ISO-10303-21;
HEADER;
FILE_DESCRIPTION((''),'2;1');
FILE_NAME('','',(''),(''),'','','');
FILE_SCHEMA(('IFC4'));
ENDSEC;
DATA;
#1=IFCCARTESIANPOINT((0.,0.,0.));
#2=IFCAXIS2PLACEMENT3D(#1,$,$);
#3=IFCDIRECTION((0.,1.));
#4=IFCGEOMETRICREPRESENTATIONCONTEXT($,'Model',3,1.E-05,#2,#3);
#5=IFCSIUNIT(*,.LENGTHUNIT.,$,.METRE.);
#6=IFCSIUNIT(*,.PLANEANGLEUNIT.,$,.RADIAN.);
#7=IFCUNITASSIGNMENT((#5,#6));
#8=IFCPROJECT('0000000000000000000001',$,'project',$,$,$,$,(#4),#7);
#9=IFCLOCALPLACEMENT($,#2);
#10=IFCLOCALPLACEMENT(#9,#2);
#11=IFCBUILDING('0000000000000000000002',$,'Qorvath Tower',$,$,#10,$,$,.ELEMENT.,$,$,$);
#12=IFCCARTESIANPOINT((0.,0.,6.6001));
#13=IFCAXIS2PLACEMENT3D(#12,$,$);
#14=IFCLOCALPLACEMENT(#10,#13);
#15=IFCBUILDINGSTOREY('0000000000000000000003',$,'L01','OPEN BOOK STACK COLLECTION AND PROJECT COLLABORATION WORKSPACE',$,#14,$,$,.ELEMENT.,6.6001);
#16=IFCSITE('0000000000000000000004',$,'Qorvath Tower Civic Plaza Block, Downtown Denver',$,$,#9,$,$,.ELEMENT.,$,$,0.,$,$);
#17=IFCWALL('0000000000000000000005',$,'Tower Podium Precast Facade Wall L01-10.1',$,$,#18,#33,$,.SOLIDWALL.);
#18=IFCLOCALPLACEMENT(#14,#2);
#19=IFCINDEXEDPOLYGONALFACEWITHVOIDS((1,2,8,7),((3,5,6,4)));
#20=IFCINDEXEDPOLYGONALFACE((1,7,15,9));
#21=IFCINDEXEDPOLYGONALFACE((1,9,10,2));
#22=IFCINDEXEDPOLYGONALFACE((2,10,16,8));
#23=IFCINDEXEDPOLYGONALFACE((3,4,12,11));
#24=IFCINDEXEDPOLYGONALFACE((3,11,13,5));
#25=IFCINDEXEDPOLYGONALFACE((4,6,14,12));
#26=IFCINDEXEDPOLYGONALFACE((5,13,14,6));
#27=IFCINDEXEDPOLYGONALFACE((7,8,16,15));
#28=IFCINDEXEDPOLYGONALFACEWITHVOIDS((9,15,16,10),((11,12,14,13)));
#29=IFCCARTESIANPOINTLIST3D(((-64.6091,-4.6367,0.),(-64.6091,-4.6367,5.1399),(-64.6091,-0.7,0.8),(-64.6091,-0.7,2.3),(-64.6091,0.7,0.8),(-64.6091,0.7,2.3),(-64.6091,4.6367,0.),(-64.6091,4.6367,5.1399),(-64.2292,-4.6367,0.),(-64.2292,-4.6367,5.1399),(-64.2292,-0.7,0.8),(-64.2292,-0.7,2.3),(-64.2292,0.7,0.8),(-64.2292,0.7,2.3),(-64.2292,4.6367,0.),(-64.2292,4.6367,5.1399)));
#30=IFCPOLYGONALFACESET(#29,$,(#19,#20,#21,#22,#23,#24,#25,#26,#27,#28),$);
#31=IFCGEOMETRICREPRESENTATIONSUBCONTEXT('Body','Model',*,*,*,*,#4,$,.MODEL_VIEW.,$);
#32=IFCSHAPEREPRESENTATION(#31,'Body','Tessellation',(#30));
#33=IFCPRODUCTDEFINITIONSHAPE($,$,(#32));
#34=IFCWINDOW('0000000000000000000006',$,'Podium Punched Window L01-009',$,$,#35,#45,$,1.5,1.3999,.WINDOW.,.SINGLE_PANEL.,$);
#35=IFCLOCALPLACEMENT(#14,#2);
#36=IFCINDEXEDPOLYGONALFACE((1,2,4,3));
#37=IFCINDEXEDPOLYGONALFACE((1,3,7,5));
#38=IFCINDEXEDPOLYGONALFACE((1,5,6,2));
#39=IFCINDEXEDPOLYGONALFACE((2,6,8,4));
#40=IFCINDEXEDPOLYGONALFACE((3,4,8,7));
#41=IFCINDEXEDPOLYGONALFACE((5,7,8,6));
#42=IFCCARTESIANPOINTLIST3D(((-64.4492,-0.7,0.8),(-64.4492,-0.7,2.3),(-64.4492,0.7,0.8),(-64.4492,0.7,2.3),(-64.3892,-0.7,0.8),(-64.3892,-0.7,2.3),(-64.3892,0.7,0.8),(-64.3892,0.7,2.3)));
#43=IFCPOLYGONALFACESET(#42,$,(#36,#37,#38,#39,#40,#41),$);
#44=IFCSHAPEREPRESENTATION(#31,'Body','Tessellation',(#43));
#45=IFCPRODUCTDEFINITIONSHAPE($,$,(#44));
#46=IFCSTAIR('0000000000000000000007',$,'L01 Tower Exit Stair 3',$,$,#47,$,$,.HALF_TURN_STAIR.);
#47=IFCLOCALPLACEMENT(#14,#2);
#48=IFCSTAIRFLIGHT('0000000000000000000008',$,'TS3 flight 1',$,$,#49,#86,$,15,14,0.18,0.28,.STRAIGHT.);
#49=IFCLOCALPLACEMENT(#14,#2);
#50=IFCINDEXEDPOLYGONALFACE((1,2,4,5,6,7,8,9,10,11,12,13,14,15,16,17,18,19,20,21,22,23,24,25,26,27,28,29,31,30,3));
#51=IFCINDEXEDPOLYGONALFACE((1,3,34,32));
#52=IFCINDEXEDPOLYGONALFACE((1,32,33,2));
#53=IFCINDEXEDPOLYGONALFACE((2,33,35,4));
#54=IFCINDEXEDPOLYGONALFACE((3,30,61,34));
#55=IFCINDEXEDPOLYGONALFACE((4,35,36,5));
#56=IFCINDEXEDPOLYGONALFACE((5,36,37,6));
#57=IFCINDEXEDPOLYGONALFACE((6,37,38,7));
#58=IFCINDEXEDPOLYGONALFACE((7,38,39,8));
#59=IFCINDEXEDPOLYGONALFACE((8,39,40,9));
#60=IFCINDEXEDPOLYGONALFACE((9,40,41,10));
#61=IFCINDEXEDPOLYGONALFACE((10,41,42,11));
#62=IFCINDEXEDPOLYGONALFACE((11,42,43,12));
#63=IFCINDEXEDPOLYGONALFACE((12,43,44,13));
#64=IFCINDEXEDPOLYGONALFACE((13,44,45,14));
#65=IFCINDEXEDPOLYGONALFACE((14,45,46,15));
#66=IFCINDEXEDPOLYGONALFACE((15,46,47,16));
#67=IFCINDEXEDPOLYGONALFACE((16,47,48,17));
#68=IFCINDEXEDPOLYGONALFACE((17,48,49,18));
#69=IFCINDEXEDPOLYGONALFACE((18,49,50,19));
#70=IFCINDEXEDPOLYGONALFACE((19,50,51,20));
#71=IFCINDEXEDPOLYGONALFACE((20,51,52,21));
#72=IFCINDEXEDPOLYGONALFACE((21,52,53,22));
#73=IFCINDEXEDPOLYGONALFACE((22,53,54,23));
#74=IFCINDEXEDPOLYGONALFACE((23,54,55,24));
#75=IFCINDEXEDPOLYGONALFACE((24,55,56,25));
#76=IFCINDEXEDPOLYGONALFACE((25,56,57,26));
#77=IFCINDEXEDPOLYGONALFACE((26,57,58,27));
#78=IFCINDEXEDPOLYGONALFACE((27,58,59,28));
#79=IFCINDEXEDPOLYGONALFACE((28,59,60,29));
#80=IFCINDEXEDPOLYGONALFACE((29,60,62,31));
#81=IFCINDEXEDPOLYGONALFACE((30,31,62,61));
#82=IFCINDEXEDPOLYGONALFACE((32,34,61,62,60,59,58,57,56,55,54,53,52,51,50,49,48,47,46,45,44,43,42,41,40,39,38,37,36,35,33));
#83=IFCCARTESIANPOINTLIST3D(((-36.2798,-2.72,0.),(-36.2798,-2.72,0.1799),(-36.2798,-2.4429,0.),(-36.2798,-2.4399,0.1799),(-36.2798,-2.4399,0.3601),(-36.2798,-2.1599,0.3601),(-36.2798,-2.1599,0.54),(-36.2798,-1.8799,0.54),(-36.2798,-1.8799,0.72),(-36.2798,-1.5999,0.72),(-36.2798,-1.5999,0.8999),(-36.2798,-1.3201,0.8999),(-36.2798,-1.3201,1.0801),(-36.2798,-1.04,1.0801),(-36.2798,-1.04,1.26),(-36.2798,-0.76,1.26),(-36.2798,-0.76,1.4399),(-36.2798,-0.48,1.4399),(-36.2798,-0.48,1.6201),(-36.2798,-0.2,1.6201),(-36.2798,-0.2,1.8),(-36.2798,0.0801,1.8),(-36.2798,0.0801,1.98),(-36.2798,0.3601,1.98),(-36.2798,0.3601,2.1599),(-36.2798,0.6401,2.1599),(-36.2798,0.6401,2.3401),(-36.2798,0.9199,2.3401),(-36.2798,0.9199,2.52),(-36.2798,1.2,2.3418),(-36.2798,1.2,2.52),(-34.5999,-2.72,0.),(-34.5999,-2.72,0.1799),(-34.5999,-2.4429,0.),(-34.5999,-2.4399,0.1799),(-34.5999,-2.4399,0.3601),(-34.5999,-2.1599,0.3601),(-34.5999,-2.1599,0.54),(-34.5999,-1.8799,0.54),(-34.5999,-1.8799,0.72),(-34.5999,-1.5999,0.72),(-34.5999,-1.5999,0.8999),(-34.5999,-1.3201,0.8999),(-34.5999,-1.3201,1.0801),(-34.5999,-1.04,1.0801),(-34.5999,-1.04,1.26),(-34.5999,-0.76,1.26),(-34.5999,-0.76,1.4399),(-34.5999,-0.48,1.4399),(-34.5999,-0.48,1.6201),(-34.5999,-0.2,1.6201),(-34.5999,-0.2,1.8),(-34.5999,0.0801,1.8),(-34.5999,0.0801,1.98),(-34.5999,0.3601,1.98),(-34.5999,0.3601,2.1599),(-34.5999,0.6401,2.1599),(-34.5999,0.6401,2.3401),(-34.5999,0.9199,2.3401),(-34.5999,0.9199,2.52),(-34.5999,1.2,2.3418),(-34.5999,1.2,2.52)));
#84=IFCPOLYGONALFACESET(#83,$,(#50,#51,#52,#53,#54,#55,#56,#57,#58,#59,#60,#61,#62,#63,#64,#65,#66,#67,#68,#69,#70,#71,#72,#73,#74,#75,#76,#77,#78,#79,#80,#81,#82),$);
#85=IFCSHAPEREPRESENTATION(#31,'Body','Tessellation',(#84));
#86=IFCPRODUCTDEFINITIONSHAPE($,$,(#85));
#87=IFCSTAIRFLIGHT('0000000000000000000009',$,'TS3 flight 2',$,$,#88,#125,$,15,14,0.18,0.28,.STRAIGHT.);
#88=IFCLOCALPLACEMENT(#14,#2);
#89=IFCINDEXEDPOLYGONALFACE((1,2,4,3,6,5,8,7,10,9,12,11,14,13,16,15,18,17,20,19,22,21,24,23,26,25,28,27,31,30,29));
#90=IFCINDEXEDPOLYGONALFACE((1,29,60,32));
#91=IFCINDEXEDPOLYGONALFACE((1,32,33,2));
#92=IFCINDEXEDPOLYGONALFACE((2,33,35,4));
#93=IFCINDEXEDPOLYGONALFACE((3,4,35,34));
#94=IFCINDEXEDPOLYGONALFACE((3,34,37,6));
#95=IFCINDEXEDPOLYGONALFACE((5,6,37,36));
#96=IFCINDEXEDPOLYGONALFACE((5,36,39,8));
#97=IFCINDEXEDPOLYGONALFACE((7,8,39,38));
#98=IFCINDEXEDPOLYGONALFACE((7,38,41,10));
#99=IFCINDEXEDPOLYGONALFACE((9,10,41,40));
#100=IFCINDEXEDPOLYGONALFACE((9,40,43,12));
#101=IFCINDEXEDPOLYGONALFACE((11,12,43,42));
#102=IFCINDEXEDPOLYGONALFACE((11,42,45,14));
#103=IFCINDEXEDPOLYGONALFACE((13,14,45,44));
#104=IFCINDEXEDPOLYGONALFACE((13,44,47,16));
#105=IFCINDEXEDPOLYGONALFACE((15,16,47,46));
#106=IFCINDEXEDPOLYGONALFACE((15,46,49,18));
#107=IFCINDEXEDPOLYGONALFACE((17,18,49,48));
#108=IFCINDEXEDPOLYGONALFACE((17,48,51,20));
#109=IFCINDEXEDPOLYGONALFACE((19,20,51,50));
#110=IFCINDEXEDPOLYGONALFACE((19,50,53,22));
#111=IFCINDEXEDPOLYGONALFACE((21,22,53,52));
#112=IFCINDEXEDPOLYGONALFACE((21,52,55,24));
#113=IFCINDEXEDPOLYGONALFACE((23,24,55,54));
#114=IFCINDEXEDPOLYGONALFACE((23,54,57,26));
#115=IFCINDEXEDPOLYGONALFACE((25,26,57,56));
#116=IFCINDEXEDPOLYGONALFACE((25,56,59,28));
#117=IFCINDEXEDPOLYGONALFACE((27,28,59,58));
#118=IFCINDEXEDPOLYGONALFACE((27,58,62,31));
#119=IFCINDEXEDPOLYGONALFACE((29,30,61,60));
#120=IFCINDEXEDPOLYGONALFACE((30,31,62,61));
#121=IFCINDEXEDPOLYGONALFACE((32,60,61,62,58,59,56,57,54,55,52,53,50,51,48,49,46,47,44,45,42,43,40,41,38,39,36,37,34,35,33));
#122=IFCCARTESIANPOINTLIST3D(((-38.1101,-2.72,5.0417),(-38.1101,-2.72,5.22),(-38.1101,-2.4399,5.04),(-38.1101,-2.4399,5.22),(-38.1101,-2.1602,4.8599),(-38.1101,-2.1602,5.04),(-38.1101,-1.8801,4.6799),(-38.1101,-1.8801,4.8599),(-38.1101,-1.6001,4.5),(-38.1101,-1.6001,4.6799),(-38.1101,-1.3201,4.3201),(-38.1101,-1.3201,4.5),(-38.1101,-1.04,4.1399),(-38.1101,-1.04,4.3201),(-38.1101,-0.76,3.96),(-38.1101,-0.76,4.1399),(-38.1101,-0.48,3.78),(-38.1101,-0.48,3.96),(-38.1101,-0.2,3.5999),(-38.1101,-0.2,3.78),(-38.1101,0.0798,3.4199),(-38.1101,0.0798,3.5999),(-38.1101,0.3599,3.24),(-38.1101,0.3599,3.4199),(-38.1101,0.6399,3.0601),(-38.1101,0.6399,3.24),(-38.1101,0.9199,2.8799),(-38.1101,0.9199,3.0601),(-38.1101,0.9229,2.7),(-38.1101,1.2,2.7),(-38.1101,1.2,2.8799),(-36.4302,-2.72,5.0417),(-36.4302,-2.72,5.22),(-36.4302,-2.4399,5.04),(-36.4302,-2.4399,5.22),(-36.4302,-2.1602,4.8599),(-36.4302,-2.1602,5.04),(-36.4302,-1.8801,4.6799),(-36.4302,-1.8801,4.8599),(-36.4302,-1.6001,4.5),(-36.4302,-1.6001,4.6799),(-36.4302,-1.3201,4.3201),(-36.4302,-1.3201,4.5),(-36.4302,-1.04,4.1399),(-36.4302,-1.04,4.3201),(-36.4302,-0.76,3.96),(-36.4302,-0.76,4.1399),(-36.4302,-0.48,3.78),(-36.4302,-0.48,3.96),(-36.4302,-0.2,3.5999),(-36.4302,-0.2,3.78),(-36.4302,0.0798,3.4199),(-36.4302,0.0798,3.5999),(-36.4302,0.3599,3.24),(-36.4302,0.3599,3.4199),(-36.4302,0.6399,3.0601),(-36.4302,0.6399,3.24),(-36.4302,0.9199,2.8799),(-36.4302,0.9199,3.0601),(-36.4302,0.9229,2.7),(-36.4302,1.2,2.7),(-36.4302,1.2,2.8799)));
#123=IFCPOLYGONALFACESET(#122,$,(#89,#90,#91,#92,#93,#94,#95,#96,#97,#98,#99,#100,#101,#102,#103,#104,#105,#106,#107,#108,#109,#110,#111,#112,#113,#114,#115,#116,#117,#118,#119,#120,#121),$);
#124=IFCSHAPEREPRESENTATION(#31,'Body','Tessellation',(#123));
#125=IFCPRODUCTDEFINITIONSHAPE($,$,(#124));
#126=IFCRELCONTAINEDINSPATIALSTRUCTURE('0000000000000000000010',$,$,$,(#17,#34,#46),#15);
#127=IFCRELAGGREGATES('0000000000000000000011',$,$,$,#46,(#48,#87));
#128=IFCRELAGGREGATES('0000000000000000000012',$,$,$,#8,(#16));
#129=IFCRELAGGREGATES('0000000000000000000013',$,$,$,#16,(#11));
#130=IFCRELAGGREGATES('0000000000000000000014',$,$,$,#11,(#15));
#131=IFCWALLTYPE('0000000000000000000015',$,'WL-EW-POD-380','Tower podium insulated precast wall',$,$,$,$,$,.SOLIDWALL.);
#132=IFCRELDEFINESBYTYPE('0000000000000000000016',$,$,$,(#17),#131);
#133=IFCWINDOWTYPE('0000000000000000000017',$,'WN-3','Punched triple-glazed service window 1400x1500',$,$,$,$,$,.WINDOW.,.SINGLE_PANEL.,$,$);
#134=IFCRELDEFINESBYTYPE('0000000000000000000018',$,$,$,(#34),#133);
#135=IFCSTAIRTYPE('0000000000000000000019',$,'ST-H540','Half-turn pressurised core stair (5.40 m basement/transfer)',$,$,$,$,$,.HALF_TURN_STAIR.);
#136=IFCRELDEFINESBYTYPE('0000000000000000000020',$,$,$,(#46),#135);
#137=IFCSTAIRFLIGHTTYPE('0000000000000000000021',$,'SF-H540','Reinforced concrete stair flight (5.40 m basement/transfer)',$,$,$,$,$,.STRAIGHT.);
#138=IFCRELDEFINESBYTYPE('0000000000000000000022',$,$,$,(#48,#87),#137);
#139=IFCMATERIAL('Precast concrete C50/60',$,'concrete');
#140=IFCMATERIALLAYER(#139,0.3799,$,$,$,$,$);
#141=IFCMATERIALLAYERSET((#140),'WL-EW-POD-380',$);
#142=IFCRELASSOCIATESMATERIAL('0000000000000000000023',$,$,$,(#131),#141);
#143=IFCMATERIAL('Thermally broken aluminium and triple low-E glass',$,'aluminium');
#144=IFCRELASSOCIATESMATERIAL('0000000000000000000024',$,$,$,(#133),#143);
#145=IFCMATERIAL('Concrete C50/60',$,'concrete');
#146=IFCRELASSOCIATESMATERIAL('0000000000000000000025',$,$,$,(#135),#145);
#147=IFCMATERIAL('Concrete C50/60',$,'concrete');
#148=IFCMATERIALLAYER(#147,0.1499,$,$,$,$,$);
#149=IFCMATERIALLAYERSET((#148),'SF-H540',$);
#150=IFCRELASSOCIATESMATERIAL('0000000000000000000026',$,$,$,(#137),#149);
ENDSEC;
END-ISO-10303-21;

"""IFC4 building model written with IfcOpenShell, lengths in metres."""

from ifc_helpers import new_model, si_unit, direction, frame, frame_2d, origin, place, context, subcontext, project, spatial, polyline, rectangle, outline, extrude, material, layer, layer_set, type_object, element, fill, aggregate, save


model = new_model("IFC4")

# Units and contexts
model_context = context("Model", 3, precision=1e-05, world=origin(), true_north=direction((0.0, 1.0)))
body_context = subcontext(model_context, "Body", "Model", "MODEL_VIEW")
ifc_project = project(units=[si_unit("LENGTHUNIT", "METRE"), si_unit("PLANEANGLEUNIT", "RADIAN")], contexts=[model_context])

# Site, building, storey
site_placement = place(None, origin())
site = spatial("IfcSite", under=ifc_project, at=site_placement, Name="Qorvath Tower Civic Plaza Block, Downtown Denver", CompositionType="ELEMENT", RefElevation=0.0)
building_placement = place(site_placement, origin())
building = spatial("IfcBuilding", under=site, at=building_placement, Name="Qorvath Tower", CompositionType="ELEMENT")
storey_placement = place(building_placement, frame((0.0, 0.0, 6.6001)))
storey = spatial("IfcBuildingStorey", under=building, at=storey_placement, Name="L01", Description="OPEN BOOK STACK COLLECTION AND PROJECT COLLABORATION WORKSPACE", CompositionType="ELEMENT", Elevation=6.6001)

# Wall, opening, window
ifc_material_1 = material(Name="Precast concrete C50/60", Category="concrete")
ifc_layer_1 = layer(ifc_material_1, 0.3799)
ifc_layer_set_1 = layer_set([ifc_layer_1], Name="WL-EW-POD-380")
wall_type_1 = type_object("IfcWallType", Name="WL-EW-POD-380", Description="Tower podium insulated precast wall", PredefinedType="SOLIDWALL", material=ifc_layer_set_1)
wall_1_placement = place(storey_placement, frame((-64.4192, -4.6367, 0.0), z_axis=(0.0, 0.0, 1.0), x_axis=(0.0, 1.0, 0.0)))
wall_1 = element("IfcWall", 1, at=wall_1_placement, inside=storey, type_object=wall_type_1, Name="Tower Podium Precast Facade Wall L01-10.1", PredefinedType="SOLIDWALL", context=body_context, shape_type="SweptSolid", body=[
    extrude(rectangle(XDim=9.2734, YDim=0.3799, at=frame_2d((4.6367, 0.0))), origin(), (0.0, 0.0, 1.0), 5.1399),
])
opening_1_placement = place(wall_1_placement, frame((3.9368, 0.0, 0.8)))
opening_1 = element("IfcOpeningElement", 2, at=opening_1_placement, cuts=wall_1, PredefinedType="OPENING", context=body_context, shape_type="SweptSolid", body=[
    extrude(rectangle(XDim=1.3999, YDim=1.5, at=frame_2d((0.7, 0.75))), frame((0.0, 0.2, 0.0), z_axis=(0.0, -1.0, 0.0), x_axis=(1.0, 0.0, 0.0)), (0.0, 0.0, 1.0), 0.3999),
])
ifc_material_2 = material(Name="Thermally broken aluminium and triple low-E glass", Category="aluminium")
window_type = type_object("IfcWindowType", Name="WN-3", Description="Punched triple-glazed service window 1400x1500", PartitioningType="SINGLE_PANEL", PredefinedType="WINDOW", material=ifc_material_2)
window_placement = place(opening_1_placement, origin())
window = element("IfcWindow", 3, at=window_placement, inside=storey, type_object=window_type, Name="Podium Punched Window L01-009", OverallHeight=1.5, OverallWidth=1.3999, PartitioningType="SINGLE_PANEL", PredefinedType="WINDOW", context=body_context, shape_type="SweptSolid", body=[
    extrude(rectangle(XDim=1.3999, YDim=1.5, at=frame_2d((0.7, 0.75))), frame((0.0, 0.03, 0.0), z_axis=(0.0, -1.0, 0.0), x_axis=(1.0, 0.0, 0.0)), (0.0, 0.0, 1.0), 0.0601),
])
fill(opening_1, window)

# Stair, stair flights
ifc_material_3 = material(Name="Concrete C50/60", Category="concrete")
stair_type = type_object("IfcStairType", Name="ST-H540", Description="Half-turn pressurised core stair (5.40 m basement/transfer)", PredefinedType="HALF_TURN_STAIR", material=ifc_material_3)
stair_placement = place(storey_placement, origin())
stair = element("IfcStair", 4, at=stair_placement, inside=storey, type_object=stair_type, Name="L01 Tower Exit Stair 3", PredefinedType="HALF_TURN_STAIR")
ifc_material_4 = material(Name="Concrete C50/60", Category="concrete")
ifc_layer_2 = layer(ifc_material_4, 0.1499)
ifc_layer_set_2 = layer_set([ifc_layer_2], Name="SF-H540")
stair_flight_type = type_object("IfcStairFlightType", Name="SF-H540", Description="Reinforced concrete stair flight (5.40 m basement/transfer)", PredefinedType="STRAIGHT", material=ifc_layer_set_2)
stair_flight_1_placement = place(storey_placement, frame((-35.4399, -2.72, 0.0), z_axis=(0.0, 0.0, 1.0), x_axis=(0.0, 1.0, 0.0)))
stair_flight_1 = element("IfcStairFlight", 5, at=stair_flight_1_placement, type_object=stair_flight_type, Name="TS3 flight 1", NumberOfRisers=15, NumberOfTreads=14, PredefinedType="STRAIGHT", RiserHeight=0.18, TreadLength=0.28, context=body_context, shape_type="SweptSolid", body=[
    extrude(outline(polyline([(0.0, 0.0), (0.0, 0.1799), (0.28, 0.1799), (0.28, 0.3601), (0.5601, 0.3601), (0.5601, 0.54), (0.8401, 0.54), (0.8401, 0.72), (1.1201, 0.72), (1.1201, 0.8999), (1.3999, 0.8999), (1.3999, 1.0801), (1.6799, 1.0801), (1.6799, 1.26), (1.96, 1.26), (1.96, 1.4399), (2.24, 1.4399), (2.24, 1.6201), (2.52, 1.6201), (2.52, 1.8), (2.8, 1.8), (2.8, 1.98), (3.0801, 1.98), (3.0801, 2.1599), (3.3601, 2.1599), (3.3601, 2.3401), (3.6399, 2.3401), (3.6399, 2.52), (3.9199, 2.52), (3.9199, 2.7), (3.9199, 2.3418), (0.2771, 0.0), (0.0, 0.0)])), frame((0.0, 0.8398, 0.0), z_axis=(0.0, -1.0, 0.0), x_axis=(1.0, 0.0, 0.0)), (0.0, 0.0, 1.0), 1.6799),
])
stair_flight_2_placement = place(storey_placement, frame((-37.27, 1.2, 2.7), z_axis=(0.0, 0.0, 1.0), x_axis=(0.0, -1.0, 0.0)))
stair_flight_2 = element("IfcStairFlight", 6, at=stair_flight_2_placement, type_object=stair_flight_type, Name="TS3 flight 2", NumberOfRisers=15, NumberOfTreads=14, PredefinedType="STRAIGHT", RiserHeight=0.18, TreadLength=0.28, context=body_context, shape_type="SweptSolid", body=[
    extrude(outline(polyline([(0.0, 0.0), (0.0, 0.1799), (0.28, 0.1799), (0.28, 0.3601), (0.5601, 0.3601), (0.5601, 0.54), (0.8401, 0.54), (0.8401, 0.72), (1.1201, 0.72), (1.1201, 0.8999), (1.3999, 0.8999), (1.3999, 1.0801), (1.6799, 1.0801), (1.6799, 1.26), (1.96, 1.26), (1.96, 1.4399), (2.24, 1.4399), (2.24, 1.6201), (2.52, 1.6201), (2.52, 1.8), (2.8, 1.8), (2.8, 1.98), (3.0801, 1.98), (3.0801, 2.1599), (3.3601, 2.1599), (3.3601, 2.3401), (3.6399, 2.3401), (3.6399, 2.52), (3.9199, 2.52), (3.9199, 2.7), (3.9199, 2.3418), (0.2771, 0.0), (0.0, 0.0)])), frame((0.0, 0.8398, 0.0), z_axis=(0.0, -1.0, 0.0), x_axis=(1.0, 0.0, 0.0)), (0.0, 0.0, 1.0), 1.6799),
])
aggregate(stair, [stair_flight_1, stair_flight_2])

save(model, "model.ifc")
